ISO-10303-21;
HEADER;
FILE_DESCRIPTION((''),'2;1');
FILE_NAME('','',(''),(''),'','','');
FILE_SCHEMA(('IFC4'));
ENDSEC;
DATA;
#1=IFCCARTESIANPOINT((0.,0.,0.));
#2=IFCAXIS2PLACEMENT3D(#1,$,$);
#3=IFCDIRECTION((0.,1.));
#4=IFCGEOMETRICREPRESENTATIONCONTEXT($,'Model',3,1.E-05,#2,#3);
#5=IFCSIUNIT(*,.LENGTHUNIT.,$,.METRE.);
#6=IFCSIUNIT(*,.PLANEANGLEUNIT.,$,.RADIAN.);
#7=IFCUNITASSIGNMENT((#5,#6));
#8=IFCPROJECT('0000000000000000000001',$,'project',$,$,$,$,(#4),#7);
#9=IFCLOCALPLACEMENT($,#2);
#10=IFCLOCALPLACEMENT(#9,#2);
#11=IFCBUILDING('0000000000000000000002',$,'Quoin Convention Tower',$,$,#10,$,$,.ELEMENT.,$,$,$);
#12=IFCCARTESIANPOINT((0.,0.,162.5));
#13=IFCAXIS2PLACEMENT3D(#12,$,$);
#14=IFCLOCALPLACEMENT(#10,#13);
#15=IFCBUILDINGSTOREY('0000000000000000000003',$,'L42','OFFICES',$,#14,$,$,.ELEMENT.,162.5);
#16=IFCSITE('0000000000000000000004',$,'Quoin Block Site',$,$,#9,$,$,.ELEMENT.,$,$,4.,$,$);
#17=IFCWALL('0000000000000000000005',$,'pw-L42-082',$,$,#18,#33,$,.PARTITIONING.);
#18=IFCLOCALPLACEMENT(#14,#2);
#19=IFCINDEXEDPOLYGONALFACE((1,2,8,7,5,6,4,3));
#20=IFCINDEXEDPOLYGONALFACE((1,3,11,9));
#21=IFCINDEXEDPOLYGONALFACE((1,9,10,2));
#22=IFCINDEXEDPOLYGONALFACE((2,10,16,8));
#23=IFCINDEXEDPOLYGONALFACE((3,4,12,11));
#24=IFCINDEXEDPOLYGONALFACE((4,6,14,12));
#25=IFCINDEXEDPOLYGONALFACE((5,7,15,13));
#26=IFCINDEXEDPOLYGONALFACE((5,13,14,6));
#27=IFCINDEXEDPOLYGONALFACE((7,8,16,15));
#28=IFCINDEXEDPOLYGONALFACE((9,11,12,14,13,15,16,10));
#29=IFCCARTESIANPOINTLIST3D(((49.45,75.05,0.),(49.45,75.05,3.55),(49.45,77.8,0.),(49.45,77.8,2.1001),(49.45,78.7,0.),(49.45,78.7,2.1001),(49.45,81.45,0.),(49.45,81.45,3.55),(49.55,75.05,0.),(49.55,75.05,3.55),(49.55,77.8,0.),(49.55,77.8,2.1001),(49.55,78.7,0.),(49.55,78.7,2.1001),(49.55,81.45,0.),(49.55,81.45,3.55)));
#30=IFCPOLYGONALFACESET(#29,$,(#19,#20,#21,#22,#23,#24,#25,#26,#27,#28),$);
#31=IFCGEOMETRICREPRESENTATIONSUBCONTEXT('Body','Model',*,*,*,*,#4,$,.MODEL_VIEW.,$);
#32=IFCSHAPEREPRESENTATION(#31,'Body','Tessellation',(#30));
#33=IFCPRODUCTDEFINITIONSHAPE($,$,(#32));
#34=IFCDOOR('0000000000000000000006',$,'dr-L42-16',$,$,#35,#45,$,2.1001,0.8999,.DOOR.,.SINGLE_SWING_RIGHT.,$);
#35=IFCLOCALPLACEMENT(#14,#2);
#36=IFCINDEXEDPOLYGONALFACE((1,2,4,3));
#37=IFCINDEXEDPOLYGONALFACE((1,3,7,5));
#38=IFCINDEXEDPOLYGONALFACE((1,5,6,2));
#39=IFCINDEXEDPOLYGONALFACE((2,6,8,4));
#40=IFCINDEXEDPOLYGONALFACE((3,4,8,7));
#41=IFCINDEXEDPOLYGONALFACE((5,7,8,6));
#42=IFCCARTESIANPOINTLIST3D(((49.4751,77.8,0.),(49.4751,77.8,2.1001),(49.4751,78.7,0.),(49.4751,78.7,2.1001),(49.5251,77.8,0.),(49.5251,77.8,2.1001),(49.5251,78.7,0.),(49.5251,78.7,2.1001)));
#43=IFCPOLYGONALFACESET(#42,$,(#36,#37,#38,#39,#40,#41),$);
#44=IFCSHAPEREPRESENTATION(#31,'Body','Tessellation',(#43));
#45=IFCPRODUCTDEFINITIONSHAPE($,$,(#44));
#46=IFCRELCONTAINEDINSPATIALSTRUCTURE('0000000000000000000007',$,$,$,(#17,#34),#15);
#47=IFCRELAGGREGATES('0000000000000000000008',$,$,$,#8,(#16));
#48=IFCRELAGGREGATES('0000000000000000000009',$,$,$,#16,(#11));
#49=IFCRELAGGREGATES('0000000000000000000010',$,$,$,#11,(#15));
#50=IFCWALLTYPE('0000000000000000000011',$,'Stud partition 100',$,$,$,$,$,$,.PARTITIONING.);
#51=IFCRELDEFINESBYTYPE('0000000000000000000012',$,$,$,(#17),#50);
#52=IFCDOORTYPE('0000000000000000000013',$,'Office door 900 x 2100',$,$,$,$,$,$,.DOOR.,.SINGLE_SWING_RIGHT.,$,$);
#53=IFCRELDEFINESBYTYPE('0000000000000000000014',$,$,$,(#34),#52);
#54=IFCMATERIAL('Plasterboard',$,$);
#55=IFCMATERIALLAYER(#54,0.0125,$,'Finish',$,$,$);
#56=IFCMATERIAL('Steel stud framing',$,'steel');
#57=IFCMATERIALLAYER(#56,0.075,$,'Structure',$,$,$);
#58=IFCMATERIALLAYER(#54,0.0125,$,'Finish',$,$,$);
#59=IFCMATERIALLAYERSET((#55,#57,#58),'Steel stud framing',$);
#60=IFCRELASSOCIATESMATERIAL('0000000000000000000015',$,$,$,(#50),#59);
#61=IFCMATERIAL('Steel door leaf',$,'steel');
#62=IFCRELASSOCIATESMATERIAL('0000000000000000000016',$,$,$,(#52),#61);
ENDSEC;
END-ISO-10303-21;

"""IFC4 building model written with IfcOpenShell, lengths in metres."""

from ifc_helpers import new_model, si_unit, direction, frame, frame_2d, origin, place, context, subcontext, project, spatial, rectangle, extrude, material, layer, layer_set, type_object, element, fill, save


model = new_model("IFC4")

# Units and contexts
model_context = context("Model", 3, precision=1e-05, world=origin(), true_north=direction((0.0, 1.0)))
body_context = subcontext(model_context, "Body", "Model", "MODEL_VIEW")
ifc_project = project(units=[si_unit("LENGTHUNIT", "METRE"), si_unit("PLANEANGLEUNIT", "RADIAN")], contexts=[model_context])

# Site, building, storey
site_placement = place(None, origin())
site = spatial("IfcSite", under=ifc_project, at=site_placement, Name="Quoin Block Site", CompositionType="ELEMENT", RefElevation=4.0)
building_placement = place(site_placement, origin())
building = spatial("IfcBuilding", under=site, at=building_placement, Name="Quoin Convention Tower", CompositionType="ELEMENT")
storey_placement = place(building_placement, frame((0.0, 0.0, 162.5)))
storey = spatial("IfcBuildingStorey", under=building, at=storey_placement, Name="L42", Description="OFFICES", CompositionType="ELEMENT", Elevation=162.5)

# Shared definitions
ifc_material_1 = material(Name="Plasterboard")
ifc_material_2 = material(Name="Steel stud framing", Category="steel")

# Shared definitions
ifc_material_3 = material(Name="Steel door leaf", Category="steel")

# Shared definitions
ifc_layer_1 = layer(ifc_material_1, 0.0125, Name="Finish")
ifc_layer_2 = layer(ifc_material_2, 0.075, Name="Structure")
ifc_layer_3 = layer(ifc_material_1, 0.0125, Name="Finish")
ifc_layer_set_1 = layer_set([ifc_layer_1, ifc_layer_2, ifc_layer_3], Name="Steel stud framing")
wall_type_1 = type_object("IfcWallType", Name="Stud partition 100", PredefinedType="PARTITIONING", material=ifc_layer_set_1)

# Wall, opening, door
door_type_1 = type_object("IfcDoorType", Name="Office door 900 x 2100", OperationType="SINGLE_SWING_RIGHT", PredefinedType="DOOR", material=ifc_material_3)
wall_1_placement = place(storey_placement, frame((49.5, 75.05, 0.0), z_axis=(0.0, 0.0, 1.0), x_axis=(0.0, 1.0, 0.0)))
wall_1 = element("IfcWall", 1, at=wall_1_placement, inside=storey, type_object=wall_type_1, Name="pw-L42-082", PredefinedType="PARTITIONING", context=body_context, shape_type="SweptSolid", body=[
    extrude(rectangle(XDim=6.3999, YDim=0.1001, at=frame_2d((3.2, 0.0))), origin(), (0.0, 0.0, 1.0), 3.55),
])
opening_1_placement = place(wall_1_placement, frame((2.75, 0.0, 0.0)))
opening_1 = element("IfcOpeningElement", 2, at=opening_1_placement, cuts=wall_1, PredefinedType="OPENING", context=body_context, shape_type="SweptSolid", body=[
    extrude(rectangle(XDim=0.8999, YDim=2.1001, at=frame_2d((0.45, 1.05))), frame((0.0, 0.0601, 0.0), z_axis=(0.0, -1.0, 0.0), x_axis=(1.0, 0.0, 0.0)), (0.0, 0.0, 1.0), 0.1201),
])
door_1_placement = place(opening_1_placement, origin())
door_1 = element("IfcDoor", 3, at=door_1_placement, inside=storey, type_object=door_type_1, Name="dr-L42-16", OperationType="SINGLE_SWING_RIGHT", OverallHeight=2.1001, OverallWidth=0.8999, PredefinedType="DOOR", context=body_context, shape_type="SweptSolid", body=[
    extrude(rectangle(XDim=0.8999, YDim=2.1001, at=frame_2d((0.45, 1.05))), frame((0.0, 0.0249, 0.0), z_axis=(0.0, -1.0, 0.0), x_axis=(1.0, 0.0, 0.0)), (0.0, 0.0, 1.0), 0.05),
])
fill(opening_1, door_1)

save(model, "model.ifc")
